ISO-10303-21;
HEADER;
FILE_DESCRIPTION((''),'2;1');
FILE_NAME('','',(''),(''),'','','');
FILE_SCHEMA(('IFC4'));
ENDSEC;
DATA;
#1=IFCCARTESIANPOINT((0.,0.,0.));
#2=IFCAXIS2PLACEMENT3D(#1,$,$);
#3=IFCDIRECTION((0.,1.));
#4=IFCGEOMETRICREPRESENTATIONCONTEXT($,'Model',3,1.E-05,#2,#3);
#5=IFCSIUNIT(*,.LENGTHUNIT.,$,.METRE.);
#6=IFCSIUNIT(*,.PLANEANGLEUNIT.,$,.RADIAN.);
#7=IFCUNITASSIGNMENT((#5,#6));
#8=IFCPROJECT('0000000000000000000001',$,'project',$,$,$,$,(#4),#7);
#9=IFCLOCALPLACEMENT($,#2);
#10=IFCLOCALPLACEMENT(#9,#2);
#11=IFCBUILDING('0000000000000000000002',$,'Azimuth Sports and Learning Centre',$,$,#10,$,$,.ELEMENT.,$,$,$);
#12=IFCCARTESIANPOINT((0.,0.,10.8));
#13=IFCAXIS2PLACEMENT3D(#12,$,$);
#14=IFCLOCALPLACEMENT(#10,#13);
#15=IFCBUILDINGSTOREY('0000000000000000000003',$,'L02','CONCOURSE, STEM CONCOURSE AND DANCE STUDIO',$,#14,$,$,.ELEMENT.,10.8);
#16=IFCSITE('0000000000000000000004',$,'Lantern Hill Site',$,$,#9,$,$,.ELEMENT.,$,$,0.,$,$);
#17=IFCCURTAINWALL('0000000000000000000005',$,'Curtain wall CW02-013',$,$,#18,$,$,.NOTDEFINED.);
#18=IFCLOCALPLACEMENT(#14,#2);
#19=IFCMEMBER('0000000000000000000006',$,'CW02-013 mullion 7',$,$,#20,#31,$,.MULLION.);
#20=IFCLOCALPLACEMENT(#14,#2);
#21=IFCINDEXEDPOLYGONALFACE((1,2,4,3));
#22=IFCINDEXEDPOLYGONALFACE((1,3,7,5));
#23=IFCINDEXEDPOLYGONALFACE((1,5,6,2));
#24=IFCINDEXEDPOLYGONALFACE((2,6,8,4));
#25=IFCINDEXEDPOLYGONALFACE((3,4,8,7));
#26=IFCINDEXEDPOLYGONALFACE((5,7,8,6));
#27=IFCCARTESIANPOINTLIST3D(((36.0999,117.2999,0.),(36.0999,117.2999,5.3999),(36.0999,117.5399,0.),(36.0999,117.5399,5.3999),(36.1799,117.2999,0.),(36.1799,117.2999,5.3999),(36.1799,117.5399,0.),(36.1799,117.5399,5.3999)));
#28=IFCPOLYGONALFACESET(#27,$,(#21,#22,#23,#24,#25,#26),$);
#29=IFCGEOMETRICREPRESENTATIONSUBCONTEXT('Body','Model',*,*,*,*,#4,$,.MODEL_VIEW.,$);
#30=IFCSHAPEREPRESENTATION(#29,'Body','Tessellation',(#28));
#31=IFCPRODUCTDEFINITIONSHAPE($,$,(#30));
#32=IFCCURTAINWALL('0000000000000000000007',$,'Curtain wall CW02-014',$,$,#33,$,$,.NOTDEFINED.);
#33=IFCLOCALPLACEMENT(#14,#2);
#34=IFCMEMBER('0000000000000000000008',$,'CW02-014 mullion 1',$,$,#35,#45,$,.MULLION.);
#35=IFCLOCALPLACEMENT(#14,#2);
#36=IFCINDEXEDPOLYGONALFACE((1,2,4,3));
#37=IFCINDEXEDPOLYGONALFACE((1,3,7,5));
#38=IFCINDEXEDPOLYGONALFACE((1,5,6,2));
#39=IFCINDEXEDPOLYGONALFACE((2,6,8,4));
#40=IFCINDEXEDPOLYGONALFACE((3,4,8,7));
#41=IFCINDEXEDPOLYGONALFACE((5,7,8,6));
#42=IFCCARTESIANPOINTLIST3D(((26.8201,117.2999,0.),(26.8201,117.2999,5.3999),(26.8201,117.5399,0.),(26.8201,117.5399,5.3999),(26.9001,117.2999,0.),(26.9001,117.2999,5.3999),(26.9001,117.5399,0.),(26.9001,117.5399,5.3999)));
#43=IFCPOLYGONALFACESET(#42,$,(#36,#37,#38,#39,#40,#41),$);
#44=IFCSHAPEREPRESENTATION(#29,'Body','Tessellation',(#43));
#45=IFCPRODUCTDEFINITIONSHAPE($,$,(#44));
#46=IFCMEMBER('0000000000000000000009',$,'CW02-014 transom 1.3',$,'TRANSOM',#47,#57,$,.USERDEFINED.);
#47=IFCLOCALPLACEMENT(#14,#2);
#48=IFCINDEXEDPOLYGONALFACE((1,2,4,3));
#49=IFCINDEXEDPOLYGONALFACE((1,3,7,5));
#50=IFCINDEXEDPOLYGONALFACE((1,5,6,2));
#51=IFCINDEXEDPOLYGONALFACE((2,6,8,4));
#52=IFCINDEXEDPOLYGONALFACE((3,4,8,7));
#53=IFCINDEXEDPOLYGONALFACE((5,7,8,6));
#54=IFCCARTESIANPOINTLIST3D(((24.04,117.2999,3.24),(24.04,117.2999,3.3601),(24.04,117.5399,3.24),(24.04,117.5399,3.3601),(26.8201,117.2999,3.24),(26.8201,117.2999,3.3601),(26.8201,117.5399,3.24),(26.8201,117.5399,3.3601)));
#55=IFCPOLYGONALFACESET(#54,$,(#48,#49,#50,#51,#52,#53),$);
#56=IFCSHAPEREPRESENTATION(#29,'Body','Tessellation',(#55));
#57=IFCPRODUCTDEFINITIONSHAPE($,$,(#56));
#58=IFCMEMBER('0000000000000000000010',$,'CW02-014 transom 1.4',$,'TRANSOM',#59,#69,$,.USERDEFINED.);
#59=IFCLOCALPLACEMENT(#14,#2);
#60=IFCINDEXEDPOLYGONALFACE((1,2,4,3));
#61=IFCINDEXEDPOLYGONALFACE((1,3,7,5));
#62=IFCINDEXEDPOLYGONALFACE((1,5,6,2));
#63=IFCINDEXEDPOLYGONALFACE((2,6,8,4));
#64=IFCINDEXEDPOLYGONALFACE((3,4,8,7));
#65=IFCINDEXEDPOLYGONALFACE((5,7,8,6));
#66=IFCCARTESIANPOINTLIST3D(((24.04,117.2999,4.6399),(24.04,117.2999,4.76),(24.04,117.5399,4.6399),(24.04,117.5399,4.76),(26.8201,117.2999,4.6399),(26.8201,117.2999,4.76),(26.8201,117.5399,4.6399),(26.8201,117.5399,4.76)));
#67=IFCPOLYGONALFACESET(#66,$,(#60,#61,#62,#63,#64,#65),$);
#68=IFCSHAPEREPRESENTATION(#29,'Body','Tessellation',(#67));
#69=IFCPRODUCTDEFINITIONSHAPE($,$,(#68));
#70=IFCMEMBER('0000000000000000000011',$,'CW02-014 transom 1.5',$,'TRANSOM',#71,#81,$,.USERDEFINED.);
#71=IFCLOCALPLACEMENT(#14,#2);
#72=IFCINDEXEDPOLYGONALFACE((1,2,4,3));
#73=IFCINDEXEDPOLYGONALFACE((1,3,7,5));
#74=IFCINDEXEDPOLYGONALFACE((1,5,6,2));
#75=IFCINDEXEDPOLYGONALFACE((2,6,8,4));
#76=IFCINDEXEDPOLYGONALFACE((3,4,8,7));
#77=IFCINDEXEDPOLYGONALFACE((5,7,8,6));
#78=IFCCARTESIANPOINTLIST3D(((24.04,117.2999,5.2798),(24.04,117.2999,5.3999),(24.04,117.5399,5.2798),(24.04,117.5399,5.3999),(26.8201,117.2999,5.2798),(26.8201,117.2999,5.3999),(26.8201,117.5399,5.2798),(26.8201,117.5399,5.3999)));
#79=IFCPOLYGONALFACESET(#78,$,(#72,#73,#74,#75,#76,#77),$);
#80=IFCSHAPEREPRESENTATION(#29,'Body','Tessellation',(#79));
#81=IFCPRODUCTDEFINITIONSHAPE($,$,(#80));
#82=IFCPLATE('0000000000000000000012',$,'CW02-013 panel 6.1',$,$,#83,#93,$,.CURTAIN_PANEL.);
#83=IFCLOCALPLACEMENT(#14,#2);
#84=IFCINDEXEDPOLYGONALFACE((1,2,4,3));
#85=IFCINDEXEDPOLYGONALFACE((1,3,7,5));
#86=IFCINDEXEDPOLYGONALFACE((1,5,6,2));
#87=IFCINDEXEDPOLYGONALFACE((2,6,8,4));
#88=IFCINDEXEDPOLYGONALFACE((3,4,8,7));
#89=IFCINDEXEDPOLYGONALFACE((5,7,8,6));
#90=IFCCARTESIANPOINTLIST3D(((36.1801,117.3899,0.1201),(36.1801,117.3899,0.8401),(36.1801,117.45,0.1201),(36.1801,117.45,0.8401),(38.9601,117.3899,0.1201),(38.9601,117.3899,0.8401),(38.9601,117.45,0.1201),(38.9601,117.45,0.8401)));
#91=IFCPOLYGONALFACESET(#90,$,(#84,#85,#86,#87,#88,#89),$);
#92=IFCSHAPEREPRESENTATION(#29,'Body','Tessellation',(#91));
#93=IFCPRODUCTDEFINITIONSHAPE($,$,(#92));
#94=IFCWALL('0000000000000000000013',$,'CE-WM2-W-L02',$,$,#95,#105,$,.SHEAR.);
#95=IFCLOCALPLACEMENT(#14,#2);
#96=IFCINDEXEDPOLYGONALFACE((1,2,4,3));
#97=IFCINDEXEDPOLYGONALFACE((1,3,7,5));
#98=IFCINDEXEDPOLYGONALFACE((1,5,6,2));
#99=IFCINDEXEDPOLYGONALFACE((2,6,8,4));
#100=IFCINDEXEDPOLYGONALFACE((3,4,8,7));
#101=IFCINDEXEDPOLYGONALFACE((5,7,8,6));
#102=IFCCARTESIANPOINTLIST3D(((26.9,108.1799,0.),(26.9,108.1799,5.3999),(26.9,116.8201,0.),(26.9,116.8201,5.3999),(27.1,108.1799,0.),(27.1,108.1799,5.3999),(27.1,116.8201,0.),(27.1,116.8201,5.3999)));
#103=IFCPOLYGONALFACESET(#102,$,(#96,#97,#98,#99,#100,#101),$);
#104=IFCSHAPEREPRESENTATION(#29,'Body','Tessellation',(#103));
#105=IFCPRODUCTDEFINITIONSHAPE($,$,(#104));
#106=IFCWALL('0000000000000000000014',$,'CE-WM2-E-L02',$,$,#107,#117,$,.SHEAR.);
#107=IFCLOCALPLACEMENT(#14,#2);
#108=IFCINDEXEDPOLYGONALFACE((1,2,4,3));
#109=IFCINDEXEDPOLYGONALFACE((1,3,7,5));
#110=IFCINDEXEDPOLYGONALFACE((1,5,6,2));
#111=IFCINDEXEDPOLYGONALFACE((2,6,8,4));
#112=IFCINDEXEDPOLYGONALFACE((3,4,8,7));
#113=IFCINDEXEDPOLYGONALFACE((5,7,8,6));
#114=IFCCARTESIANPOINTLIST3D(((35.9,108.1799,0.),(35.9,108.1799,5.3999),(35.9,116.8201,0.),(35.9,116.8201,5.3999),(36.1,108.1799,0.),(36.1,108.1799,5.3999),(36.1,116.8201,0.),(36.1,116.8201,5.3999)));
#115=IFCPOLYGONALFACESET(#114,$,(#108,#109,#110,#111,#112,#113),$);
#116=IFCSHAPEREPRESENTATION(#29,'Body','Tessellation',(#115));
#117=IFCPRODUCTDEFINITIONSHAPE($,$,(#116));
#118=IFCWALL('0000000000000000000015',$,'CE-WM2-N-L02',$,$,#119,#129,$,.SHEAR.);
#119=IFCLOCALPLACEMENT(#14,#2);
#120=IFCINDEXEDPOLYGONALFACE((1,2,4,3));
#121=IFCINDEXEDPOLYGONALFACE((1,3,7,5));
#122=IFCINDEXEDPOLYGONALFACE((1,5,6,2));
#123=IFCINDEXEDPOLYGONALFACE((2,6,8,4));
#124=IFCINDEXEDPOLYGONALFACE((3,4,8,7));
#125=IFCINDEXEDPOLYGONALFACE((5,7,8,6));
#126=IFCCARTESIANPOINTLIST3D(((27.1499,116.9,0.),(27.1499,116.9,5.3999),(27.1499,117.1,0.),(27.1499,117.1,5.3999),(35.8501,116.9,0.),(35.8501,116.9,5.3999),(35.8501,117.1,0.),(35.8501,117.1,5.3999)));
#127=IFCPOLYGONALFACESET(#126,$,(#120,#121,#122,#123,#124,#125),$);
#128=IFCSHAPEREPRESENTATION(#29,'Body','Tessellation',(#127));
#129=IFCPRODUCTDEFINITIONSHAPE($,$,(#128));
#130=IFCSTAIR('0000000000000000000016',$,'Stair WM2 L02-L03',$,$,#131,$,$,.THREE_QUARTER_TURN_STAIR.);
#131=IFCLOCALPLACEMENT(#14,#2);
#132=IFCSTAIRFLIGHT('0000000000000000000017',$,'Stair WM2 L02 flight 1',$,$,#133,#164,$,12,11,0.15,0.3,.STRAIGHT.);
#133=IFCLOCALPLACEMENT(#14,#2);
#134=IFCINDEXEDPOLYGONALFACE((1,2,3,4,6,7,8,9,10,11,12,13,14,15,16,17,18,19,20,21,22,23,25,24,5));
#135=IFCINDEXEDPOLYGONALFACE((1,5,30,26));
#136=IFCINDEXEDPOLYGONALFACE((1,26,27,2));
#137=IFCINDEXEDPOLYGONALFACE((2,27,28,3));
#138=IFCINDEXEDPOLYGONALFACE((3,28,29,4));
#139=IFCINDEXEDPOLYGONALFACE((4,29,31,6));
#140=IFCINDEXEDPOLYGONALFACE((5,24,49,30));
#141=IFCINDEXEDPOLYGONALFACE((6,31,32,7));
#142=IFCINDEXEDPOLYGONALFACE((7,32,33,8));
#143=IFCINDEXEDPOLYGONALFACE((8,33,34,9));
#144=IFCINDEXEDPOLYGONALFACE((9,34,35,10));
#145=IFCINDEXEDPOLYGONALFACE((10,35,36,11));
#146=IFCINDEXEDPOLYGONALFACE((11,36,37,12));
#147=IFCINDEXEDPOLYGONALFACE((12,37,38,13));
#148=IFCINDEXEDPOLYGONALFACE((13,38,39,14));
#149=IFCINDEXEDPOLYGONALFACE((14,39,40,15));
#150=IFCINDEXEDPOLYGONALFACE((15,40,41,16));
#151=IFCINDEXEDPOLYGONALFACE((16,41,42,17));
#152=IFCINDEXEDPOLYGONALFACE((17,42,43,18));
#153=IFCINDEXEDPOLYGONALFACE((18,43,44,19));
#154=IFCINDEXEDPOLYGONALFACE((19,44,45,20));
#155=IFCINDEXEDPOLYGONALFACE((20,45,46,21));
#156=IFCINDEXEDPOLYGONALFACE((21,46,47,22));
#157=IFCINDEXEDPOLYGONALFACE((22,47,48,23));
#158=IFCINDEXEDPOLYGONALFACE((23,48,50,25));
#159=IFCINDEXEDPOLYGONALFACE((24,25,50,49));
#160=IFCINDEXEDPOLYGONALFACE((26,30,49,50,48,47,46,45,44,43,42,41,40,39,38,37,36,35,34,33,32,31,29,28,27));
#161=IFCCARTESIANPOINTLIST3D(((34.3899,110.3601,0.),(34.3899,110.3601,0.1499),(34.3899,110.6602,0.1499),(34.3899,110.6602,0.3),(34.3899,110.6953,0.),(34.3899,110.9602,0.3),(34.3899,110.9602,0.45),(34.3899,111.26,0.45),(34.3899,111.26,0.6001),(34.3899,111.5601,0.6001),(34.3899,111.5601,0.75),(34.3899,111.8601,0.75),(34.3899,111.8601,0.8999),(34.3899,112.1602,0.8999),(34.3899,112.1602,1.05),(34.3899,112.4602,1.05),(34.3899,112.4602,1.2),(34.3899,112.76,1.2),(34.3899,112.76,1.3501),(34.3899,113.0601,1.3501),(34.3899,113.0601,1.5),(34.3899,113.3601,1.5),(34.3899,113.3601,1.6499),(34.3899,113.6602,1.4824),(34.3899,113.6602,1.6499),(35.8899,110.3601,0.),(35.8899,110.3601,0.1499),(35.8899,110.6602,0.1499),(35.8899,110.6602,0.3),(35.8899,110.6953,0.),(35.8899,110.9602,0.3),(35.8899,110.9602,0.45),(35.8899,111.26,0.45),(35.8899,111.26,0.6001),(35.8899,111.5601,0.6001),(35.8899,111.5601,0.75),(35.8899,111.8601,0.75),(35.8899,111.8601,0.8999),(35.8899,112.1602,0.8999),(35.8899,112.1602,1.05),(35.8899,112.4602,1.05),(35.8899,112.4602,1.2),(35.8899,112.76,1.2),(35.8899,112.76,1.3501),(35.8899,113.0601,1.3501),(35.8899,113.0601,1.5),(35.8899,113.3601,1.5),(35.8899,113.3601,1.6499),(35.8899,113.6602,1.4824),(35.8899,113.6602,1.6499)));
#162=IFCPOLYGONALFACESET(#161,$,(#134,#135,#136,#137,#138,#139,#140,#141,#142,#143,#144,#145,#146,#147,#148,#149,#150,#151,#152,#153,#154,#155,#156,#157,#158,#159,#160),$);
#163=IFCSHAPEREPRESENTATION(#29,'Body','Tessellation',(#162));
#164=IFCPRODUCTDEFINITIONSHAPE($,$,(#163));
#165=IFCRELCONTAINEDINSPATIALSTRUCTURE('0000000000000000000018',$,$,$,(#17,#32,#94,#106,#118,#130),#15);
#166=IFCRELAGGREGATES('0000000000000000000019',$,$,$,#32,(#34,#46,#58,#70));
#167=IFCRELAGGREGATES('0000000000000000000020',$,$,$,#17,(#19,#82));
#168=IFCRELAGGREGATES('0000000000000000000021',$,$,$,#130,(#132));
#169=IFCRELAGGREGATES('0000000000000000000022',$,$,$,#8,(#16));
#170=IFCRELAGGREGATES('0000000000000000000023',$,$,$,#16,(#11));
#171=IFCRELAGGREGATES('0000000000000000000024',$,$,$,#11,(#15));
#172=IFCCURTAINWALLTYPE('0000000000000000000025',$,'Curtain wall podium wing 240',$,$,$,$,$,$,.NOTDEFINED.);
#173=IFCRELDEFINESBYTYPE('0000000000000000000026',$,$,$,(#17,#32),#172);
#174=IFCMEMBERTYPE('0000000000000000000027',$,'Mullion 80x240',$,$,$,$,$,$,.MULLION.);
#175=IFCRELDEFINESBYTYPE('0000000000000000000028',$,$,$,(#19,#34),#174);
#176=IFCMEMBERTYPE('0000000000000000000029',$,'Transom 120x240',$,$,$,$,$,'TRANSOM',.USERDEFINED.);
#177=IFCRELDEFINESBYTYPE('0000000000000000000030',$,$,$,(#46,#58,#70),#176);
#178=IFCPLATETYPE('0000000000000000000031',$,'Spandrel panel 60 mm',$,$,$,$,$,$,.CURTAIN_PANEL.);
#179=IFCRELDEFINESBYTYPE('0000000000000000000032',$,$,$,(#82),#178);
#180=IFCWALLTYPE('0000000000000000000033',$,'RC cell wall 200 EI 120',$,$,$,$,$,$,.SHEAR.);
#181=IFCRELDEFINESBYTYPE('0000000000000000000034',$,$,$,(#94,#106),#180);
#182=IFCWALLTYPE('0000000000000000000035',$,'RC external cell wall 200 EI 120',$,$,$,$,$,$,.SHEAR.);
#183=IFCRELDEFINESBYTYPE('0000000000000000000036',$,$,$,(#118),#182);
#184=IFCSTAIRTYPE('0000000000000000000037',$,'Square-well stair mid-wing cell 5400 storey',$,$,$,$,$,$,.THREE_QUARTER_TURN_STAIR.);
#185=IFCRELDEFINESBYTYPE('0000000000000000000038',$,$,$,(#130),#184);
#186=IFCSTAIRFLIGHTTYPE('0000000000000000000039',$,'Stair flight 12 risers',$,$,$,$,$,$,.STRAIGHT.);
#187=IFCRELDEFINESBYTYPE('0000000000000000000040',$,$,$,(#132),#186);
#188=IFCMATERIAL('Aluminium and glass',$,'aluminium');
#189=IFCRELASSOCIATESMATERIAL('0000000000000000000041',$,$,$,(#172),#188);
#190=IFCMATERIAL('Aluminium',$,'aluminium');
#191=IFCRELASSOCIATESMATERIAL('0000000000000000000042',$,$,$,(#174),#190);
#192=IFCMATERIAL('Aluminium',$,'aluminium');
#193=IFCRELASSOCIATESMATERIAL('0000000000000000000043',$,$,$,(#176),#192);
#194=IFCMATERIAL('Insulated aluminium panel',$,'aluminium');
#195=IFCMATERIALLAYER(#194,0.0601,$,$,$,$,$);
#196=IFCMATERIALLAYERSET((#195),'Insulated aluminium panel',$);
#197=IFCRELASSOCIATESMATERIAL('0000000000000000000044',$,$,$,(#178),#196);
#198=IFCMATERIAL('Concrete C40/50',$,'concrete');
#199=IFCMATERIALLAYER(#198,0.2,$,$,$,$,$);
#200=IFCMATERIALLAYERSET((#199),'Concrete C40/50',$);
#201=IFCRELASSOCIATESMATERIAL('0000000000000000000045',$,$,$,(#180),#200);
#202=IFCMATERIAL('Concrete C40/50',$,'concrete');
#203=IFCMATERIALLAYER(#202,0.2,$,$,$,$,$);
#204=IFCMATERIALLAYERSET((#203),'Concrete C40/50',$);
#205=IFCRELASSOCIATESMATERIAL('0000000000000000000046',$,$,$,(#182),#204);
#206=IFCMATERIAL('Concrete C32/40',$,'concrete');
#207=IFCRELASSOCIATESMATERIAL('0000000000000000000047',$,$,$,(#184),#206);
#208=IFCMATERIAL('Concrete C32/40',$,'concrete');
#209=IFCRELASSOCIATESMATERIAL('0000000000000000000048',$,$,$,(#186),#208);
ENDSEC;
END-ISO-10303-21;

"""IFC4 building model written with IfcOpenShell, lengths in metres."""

from ifc_helpers import new_model, si_unit, direction, frame, frame_2d, origin, origin_2d, place, context, subcontext, project, spatial, polyline, rectangle, outline, extrude, material, layer, layer_set, material_profile, profile_set, type_object, element, aggregate, save


model = new_model("IFC4")

# Units and contexts
model_context = context("Model", 3, precision=1e-05, world=origin(), true_north=direction((0.0, 1.0)))
body_context = subcontext(model_context, "Body", "Model", "MODEL_VIEW")
ifc_project = project(units=[si_unit("LENGTHUNIT", "METRE"), si_unit("PLANEANGLEUNIT", "RADIAN")], contexts=[model_context])

# Site, building, storey
site_placement = place(None, origin())
site = spatial("IfcSite", under=ifc_project, at=site_placement, Name="Lantern Hill Site", CompositionType="ELEMENT", RefElevation=0.0)
building_placement = place(site_placement, origin())
building = spatial("IfcBuilding", under=site, at=building_placement, Name="Azimuth Sports and Learning Centre", CompositionType="ELEMENT")
storey_placement = place(building_placement, frame((0.0, 0.0, 10.8)))
storey = spatial("IfcBuildingStorey", under=building, at=storey_placement, Name="L02", Description="CONCOURSE, STEM CONCOURSE AND DANCE STUDIO", CompositionType="ELEMENT", Elevation=10.8)

# Curtain wall, member
ifc_material_1 = material(Name="Aluminium and glass", Category="aluminium")
curtain_wall_type = type_object("IfcCurtainWallType", Name="Curtain wall podium wing 240", PredefinedType="NOTDEFINED", material=ifc_material_1)
curtain_wall_1_placement = place(storey_placement, origin())
curtain_wall_1 = element("IfcCurtainWall", 1, at=curtain_wall_1_placement, inside=storey, type_object=curtain_wall_type, Name="Curtain wall CW02-013", PredefinedType="NOTDEFINED")
ifc_material_2 = material(Name="Aluminium", Category="aluminium")
ifc_material_profile_1 = material_profile(ifc_material_2, rectangle(XDim=0.24, YDim=0.0801, at=origin_2d()), Name="Mullion 80x240")
ifc_profile_set_1 = profile_set([ifc_material_profile_1], Name="Aluminium")
member_type_1 = type_object("IfcMemberType", Name="Mullion 80x240", PredefinedType="MULLION", material=ifc_profile_set_1)
member_1_placement = place(storey_placement, frame((36.1399, 117.4199, 0.0), z_axis=(0.0, 0.0, 1.0), x_axis=(0.0, -1.0, 0.0)))
member_1 = element("IfcMember", 2, at=member_1_placement, type_object=member_type_1, Name="CW02-013 mullion 7", PredefinedType="MULLION", context=body_context, shape_type="SweptSolid", body=[
    extrude(rectangle(XDim=0.24, YDim=0.0801, at=origin_2d()), origin(), (0.0, 0.0, 1.0), 5.3999),
])

# Curtain wall, members
curtain_wall_2_placement = place(storey_placement, origin())
curtain_wall_2 = element("IfcCurtainWall", 3, at=curtain_wall_2_placement, inside=storey, type_object=curtain_wall_type, Name="Curtain wall CW02-014", PredefinedType="NOTDEFINED")
member_2_placement = place(storey_placement, frame((26.8601, 117.4199, 0.0), z_axis=(0.0, 0.0, 1.0), x_axis=(0.0, -1.0, 0.0)))
member_2 = element("IfcMember", 4, at=member_2_placement, type_object=member_type_1, Name="CW02-014 mullion 1", PredefinedType="MULLION", context=body_context, shape_type="SweptSolid", body=[
    extrude(rectangle(XDim=0.24, YDim=0.0801, at=origin_2d()), origin(), (0.0, 0.0, 1.0), 5.3999),
])
ifc_material_3 = material(Name="Aluminium", Category="aluminium")
ifc_material_profile_2 = material_profile(ifc_material_3, rectangle(XDim=0.24, YDim=0.1201, at=origin_2d()), Name="Transom 120x240")
ifc_profile_set_2 = profile_set([ifc_material_profile_2], Name="Aluminium")
member_type_2 = type_object("IfcMemberType", Name="Transom 120x240", ElementType="TRANSOM", PredefinedType="USERDEFINED", material=ifc_profile_set_2)
member_3_placement = place(storey_placement, frame((26.8201, 117.4199, 3.3), z_axis=(-1.0, 0.0, 0.0), x_axis=(0.0, -1.0, 0.0)))
member_3 = element("IfcMember", 5, at=member_3_placement, type_object=member_type_2, Name="CW02-014 transom 1.3", ObjectType="TRANSOM", PredefinedType="USERDEFINED", context=body_context, shape_type="SweptSolid", body=[
    extrude(rectangle(XDim=0.24, YDim=0.1201, at=origin_2d()), origin(), (0.0, 0.0, 1.0), 2.78),
])
member_4_placement = place(storey_placement, frame((26.8201, 117.4199, 4.7), z_axis=(-1.0, 0.0, 0.0), x_axis=(0.0, -1.0, 0.0)))
member_4 = element("IfcMember", 6, at=member_4_placement, type_object=member_type_2, Name="CW02-014 transom 1.4", ObjectType="TRANSOM", PredefinedType="USERDEFINED", context=body_context, shape_type="SweptSolid", body=[
    extrude(rectangle(XDim=0.24, YDim=0.1201, at=origin_2d()), origin(), (0.0, 0.0, 1.0), 2.78),
])
member_5_placement = place(storey_placement, frame((26.8201, 117.4199, 5.3398), z_axis=(-1.0, 0.0, 0.0), x_axis=(0.0, -1.0, 0.0)))
member_5 = element("IfcMember", 7, at=member_5_placement, type_object=member_type_2, Name="CW02-014 transom 1.5", ObjectType="TRANSOM", PredefinedType="USERDEFINED", context=body_context, shape_type="SweptSolid", body=[
    extrude(rectangle(XDim=0.24, YDim=0.1201, at=origin_2d()), origin(), (0.0, 0.0, 1.0), 2.78),
])
aggregate(curtain_wall_2, [member_2, member_3, member_4, member_5])

# Plate
ifc_material_4 = material(Name="Insulated aluminium panel", Category="aluminium")
ifc_layer_1 = layer(ifc_material_4, 0.0601)
ifc_layer_set_1 = layer_set([ifc_layer_1], Name="Insulated aluminium panel")
plate_type = type_object("IfcPlateType", Name="Spandrel panel 60 mm", PredefinedType="CURTAIN_PANEL", material=ifc_layer_set_1)
plate_placement = place(storey_placement, frame((37.5701, 117.4199, 0.1201), z_axis=(0.0, 0.0, 1.0), x_axis=(-1.0, 0.0, 0.0)))
plate = element("IfcPlate", 8, at=plate_placement, type_object=plate_type, Name="CW02-013 panel 6.1", PredefinedType="CURTAIN_PANEL", context=body_context, shape_type="SweptSolid", body=[
    extrude(rectangle(XDim=2.78, YDim=0.0601, at=origin_2d()), origin(), (0.0, 0.0, 1.0), 0.72),
])
aggregate(curtain_wall_1, [member_1, plate])

# Walls
ifc_material_5 = material(Name="Concrete C40/50", Category="concrete")
ifc_layer_2 = layer(ifc_material_5, 0.2)
ifc_layer_set_2 = layer_set([ifc_layer_2], Name="Concrete C40/50")
wall_type_1 = type_object("IfcWallType", Name="RC cell wall 200 EI 120", PredefinedType="SHEAR", material=ifc_layer_set_2)
for number, where, z_axis, x_axis, name in (
    (9, (27.0, 108.1799, 0.0), (0.0, 0.0, 1.0), (0.0, 1.0, 0.0), "CE-WM2-W-L02"),
    (10, (36.0, 108.1799, 0.0), (0.0, 0.0, 1.0), (0.0, 1.0, 0.0), "CE-WM2-E-L02"),
):
    element("IfcWall", number, at=place(storey_placement, frame(where, z_axis=z_axis, x_axis=x_axis)), inside=storey, type_object=wall_type_1, Name=name, PredefinedType="SHEAR", context=body_context, shape_type="SweptSolid", body=[
        extrude(rectangle(XDim=8.6401, YDim=0.2, at=frame_2d((4.3201, 0.0))), origin(), (0.0, 0.0, 1.0), 5.3999),
    ])
ifc_material_6 = material(Name="Concrete C40/50", Category="concrete")
ifc_layer_3 = layer(ifc_material_6, 0.2)
ifc_layer_set_3 = layer_set([ifc_layer_3], Name="Concrete C40/50")
wall_type_2 = type_object("IfcWallType", Name="RC external cell wall 200 EI 120", PredefinedType="SHEAR", material=ifc_layer_set_3)
wall_placement = place(storey_placement, frame((27.1499, 117.0, 0.0), z_axis=(0.0, 0.0, 1.0), x_axis=(1.0, 0.0, 0.0)))
element("IfcWall", 11, at=wall_placement, inside=storey, type_object=wall_type_2, Name="CE-WM2-N-L02", PredefinedType="SHEAR", context=body_context, shape_type="SweptSolid", body=[
    extrude(rectangle(XDim=8.7002, YDim=0.2, at=frame_2d((4.3501, 0.0))), origin(), (0.0, 0.0, 1.0), 5.3999),
])

# Stair, stair flight
ifc_material_7 = material(Name="Concrete C32/40", Category="concrete")
stair_type = type_object("IfcStairType", Name="Square-well stair mid-wing cell 5400 storey", PredefinedType="THREE_QUARTER_TURN_STAIR", material=ifc_material_7)
stair_placement = place(storey_placement, origin())
stair = element("IfcStair", 12, at=stair_placement, inside=storey, type_object=stair_type, Name="Stair WM2 L02-L03", PredefinedType="THREE_QUARTER_TURN_STAIR")
ifc_material_8 = material(Name="Concrete C32/40", Category="concrete")
stair_flight_type = type_object("IfcStairFlightType", Name="Stair flight 12 risers", PredefinedType="STRAIGHT", material=ifc_material_8)
stair_flight_1_placement = place(storey_placement, frame((35.1399, 110.3601, 0.0), z_axis=(0.0, 0.0, 1.0), x_axis=(0.0, 1.0, 0.0)))
stair_flight_1 = element("IfcStairFlight", 13, at=stair_flight_1_placement, type_object=stair_flight_type, Name="Stair WM2 L02 flight 1", NumberOfRisers=12, NumberOfTreads=11, PredefinedType="STRAIGHT", RiserHeight=0.15, TreadLength=0.3, context=body_context, shape_type="SweptSolid", body=[
    extrude(outline(polyline([(0.0, 0.0), (0.0, 0.1499), (0.3, 0.1499), (0.3, 0.3), (0.6001, 0.3), (0.6001, 0.45), (0.8999, 0.45), (0.8999, 0.6001), (1.2, 0.6001), (1.2, 0.75), (1.5, 0.75), (1.5, 0.8999), (1.8, 0.8999), (1.8, 1.05), (2.1001, 1.05), (2.1001, 1.2), (2.3999, 1.2), (2.3999, 1.3501), (2.7, 1.3501), (2.7, 1.5), (3.0, 1.5), (3.0, 1.6499), (3.3, 1.6499), (3.3, 1.8), (3.3, 1.4824), (0.3352, 0.0), (0.0, 0.0)])), frame((0.0, 0.75, 0.0), z_axis=(0.0, -1.0, 0.0), x_axis=(1.0, 0.0, 0.0)), (0.0, 0.0, 1.0), 1.5),
])
aggregate(stair, [stair_flight_1])

save(model, "model.ifc")
